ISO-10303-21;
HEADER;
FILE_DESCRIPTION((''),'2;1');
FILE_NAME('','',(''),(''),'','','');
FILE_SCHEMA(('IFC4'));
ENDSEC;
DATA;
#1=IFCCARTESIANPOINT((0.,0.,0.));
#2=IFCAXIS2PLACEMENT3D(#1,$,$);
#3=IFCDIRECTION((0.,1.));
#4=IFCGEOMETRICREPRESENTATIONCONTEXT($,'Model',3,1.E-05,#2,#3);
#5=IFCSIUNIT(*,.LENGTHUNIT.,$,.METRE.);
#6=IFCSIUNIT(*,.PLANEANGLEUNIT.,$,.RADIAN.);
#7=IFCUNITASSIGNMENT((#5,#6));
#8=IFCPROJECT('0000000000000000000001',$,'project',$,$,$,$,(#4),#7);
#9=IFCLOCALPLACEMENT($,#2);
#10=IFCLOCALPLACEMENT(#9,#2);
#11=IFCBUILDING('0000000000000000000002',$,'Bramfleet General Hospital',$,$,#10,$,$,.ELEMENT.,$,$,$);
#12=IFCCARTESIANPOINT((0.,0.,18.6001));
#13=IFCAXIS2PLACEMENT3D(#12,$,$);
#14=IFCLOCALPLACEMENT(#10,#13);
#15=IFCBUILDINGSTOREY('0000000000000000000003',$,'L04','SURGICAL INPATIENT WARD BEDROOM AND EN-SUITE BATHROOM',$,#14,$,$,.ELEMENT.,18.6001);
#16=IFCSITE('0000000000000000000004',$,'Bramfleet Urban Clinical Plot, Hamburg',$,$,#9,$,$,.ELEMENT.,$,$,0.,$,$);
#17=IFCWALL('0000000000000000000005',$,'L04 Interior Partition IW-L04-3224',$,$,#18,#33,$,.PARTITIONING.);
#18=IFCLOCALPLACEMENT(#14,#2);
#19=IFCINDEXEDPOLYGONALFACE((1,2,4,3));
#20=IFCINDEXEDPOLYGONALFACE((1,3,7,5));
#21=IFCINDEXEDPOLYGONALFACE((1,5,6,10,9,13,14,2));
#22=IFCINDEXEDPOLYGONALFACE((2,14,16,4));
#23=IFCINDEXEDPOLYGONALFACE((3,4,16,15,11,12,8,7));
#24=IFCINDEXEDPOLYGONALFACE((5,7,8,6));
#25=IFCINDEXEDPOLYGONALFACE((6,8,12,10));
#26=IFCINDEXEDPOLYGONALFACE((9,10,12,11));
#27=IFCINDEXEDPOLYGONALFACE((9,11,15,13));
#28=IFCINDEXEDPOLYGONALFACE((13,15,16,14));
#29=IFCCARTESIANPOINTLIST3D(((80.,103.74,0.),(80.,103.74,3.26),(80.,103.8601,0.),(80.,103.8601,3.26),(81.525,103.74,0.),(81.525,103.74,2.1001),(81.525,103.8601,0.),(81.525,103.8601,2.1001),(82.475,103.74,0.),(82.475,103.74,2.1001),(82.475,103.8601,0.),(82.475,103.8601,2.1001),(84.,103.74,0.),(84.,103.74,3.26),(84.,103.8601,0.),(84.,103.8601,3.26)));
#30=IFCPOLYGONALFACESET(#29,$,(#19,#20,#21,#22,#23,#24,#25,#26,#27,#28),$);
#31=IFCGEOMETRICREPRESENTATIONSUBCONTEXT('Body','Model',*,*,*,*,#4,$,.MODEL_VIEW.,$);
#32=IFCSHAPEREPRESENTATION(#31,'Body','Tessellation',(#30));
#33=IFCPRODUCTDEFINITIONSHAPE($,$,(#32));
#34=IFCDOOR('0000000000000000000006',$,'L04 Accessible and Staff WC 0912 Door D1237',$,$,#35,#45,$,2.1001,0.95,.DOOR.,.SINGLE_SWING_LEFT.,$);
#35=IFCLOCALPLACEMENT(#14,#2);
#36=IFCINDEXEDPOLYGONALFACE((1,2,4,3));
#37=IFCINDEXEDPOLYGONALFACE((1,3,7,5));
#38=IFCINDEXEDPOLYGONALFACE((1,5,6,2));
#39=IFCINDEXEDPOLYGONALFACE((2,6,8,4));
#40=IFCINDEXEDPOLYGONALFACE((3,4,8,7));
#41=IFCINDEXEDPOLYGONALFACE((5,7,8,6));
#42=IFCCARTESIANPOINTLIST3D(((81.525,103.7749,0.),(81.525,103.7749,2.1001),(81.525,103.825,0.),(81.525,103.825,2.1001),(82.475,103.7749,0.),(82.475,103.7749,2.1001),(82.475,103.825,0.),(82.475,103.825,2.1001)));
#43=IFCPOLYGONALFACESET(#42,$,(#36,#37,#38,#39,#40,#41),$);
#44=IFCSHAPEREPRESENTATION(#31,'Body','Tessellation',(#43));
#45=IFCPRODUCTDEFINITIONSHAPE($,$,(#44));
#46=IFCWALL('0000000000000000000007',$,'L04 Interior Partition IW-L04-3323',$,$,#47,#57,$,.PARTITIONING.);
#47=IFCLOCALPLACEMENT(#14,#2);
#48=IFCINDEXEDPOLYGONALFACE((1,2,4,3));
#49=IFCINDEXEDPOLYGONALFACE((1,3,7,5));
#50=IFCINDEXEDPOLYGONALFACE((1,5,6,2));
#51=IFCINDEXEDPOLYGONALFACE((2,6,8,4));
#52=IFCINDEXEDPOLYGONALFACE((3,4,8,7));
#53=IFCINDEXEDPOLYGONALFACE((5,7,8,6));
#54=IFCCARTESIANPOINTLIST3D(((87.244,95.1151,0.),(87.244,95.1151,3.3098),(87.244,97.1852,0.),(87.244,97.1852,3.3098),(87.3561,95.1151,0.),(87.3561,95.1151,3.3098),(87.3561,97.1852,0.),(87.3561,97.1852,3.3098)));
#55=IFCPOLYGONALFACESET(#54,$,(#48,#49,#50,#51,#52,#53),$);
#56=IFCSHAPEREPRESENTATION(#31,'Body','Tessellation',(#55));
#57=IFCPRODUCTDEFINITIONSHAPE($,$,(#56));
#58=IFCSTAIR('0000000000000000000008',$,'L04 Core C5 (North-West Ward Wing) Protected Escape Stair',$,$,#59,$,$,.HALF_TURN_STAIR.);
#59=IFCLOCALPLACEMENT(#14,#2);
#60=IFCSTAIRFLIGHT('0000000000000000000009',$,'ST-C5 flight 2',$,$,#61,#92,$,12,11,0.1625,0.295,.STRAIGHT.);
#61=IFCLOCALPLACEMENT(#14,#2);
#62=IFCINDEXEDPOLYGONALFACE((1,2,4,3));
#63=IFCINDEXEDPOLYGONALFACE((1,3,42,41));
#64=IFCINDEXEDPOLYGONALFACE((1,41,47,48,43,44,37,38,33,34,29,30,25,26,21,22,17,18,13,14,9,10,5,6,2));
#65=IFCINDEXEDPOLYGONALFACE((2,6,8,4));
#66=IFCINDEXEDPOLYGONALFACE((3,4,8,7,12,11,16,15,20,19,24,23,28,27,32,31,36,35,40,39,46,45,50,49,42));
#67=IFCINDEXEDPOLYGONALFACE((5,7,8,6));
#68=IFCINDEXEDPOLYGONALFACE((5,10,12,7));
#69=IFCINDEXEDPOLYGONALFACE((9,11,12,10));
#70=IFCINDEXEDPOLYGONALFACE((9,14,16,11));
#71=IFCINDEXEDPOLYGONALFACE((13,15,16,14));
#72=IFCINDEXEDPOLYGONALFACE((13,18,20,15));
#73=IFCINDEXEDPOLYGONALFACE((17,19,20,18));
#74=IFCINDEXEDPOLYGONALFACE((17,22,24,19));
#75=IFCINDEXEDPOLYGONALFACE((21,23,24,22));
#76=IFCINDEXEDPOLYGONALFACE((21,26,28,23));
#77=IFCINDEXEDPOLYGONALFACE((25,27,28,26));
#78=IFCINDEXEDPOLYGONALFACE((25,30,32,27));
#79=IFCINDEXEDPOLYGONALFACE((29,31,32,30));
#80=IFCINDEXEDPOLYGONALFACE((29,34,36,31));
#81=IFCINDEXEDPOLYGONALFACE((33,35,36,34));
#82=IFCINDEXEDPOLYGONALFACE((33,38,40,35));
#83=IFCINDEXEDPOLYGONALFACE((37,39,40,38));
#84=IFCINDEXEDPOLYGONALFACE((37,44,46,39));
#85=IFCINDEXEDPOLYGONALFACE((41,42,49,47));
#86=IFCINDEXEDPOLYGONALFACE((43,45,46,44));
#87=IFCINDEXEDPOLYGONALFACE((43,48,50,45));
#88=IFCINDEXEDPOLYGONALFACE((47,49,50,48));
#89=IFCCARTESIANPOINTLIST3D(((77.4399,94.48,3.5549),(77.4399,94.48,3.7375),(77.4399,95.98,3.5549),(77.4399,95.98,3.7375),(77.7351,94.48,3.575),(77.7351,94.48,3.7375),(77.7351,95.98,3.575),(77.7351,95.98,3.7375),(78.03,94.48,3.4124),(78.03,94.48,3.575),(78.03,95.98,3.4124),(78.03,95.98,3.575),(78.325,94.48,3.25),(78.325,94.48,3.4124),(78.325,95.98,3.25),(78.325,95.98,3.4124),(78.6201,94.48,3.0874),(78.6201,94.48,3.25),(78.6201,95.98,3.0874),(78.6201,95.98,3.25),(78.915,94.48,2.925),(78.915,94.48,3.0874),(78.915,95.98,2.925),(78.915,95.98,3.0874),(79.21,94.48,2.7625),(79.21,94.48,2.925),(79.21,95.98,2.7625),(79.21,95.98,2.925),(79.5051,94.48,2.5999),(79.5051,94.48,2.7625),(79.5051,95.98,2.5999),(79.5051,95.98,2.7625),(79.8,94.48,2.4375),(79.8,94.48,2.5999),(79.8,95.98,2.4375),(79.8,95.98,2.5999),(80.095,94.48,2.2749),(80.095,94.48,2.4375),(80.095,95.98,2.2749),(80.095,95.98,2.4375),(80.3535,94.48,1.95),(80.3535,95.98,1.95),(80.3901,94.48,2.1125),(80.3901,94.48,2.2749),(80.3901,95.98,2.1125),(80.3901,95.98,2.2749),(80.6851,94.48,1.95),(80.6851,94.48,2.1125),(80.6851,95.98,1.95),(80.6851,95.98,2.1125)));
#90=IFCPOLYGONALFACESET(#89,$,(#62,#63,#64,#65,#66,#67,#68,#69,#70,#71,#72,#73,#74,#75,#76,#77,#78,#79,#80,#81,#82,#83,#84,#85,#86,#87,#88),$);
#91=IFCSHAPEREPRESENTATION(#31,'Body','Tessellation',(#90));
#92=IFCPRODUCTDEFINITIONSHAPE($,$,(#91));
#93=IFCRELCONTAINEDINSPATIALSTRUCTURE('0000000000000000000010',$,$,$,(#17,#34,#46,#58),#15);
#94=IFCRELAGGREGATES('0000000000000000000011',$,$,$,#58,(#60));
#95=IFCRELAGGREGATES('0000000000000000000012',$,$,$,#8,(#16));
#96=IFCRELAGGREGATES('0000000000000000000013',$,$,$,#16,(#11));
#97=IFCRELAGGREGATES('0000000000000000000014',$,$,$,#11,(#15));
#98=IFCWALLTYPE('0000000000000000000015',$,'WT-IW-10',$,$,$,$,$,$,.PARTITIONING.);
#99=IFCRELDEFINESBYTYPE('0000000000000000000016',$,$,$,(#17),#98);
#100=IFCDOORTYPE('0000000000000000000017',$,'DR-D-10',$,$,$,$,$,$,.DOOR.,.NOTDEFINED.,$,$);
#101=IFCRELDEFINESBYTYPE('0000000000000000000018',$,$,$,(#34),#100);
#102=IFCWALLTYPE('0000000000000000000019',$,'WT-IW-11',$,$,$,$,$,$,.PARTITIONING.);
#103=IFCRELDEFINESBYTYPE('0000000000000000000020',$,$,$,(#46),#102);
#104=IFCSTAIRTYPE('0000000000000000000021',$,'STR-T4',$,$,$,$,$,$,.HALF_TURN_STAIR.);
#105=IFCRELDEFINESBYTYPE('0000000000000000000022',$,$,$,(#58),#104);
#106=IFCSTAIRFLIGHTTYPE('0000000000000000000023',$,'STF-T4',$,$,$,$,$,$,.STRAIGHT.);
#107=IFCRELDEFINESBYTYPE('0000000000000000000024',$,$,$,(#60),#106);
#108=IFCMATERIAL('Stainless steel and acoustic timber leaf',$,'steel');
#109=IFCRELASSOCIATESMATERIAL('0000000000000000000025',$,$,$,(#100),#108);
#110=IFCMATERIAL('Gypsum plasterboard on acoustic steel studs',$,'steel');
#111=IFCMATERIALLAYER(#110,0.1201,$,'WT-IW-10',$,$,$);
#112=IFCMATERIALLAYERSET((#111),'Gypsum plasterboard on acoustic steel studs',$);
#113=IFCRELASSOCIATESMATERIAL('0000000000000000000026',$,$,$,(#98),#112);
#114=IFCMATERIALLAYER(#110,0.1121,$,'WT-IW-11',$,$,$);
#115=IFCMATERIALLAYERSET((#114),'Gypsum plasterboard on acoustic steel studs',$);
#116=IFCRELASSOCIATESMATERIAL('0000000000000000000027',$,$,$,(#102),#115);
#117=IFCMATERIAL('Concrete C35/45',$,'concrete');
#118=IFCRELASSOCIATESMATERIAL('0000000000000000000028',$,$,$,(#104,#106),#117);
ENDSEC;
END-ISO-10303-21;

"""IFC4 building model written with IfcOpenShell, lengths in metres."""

from ifc_helpers import new_model, si_unit, direction, frame, frame_2d, origin, place, context, subcontext, project, spatial, polyline, rectangle, outline, extrude, material, layer, layer_set, type_object, element, fill, aggregate, save


model = new_model("IFC4")

# Units and contexts
model_context = context("Model", 3, precision=1e-05, world=origin(), true_north=direction((0.0, 1.0)))
body_context = subcontext(model_context, "Body", "Model", "MODEL_VIEW")
ifc_project = project(units=[si_unit("LENGTHUNIT", "METRE"), si_unit("PLANEANGLEUNIT", "RADIAN")], contexts=[model_context])

# Site, building, storey
site_placement = place(None, origin())
site = spatial("IfcSite", under=ifc_project, at=site_placement, Name="Bramfleet Urban Clinical Plot, Hamburg", CompositionType="ELEMENT", RefElevation=0.0)
building_placement = place(site_placement, origin())
building = spatial("IfcBuilding", under=site, at=building_placement, Name="Bramfleet General Hospital", CompositionType="ELEMENT")
storey_placement = place(building_placement, frame((0.0, 0.0, 18.6001)))
storey = spatial("IfcBuildingStorey", under=building, at=storey_placement, Name="L04", Description="SURGICAL INPATIENT WARD BEDROOM AND EN-SUITE BATHROOM", CompositionType="ELEMENT", Elevation=18.6001)

# Shared definitions
ifc_material_1 = material(Name="Concrete C35/45", Category="concrete")

# Shared definitions
ifc_material_2 = material(Name="Gypsum plasterboard on acoustic steel studs", Category="steel")
ifc_material_3 = material(Name="Stainless steel and acoustic timber leaf", Category="steel")
door_type_1 = type_object("IfcDoorType", Name="DR-D-10", OperationType="NOTDEFINED", PredefinedType="DOOR", material=ifc_material_3)

# Shared definitions
ifc_layer_1 = layer(ifc_material_2, 0.1201, Name="WT-IW-10")
ifc_layer_set_1 = layer_set([ifc_layer_1], Name="Gypsum plasterboard on acoustic steel studs")
wall_type_1 = type_object("IfcWallType", Name="WT-IW-10", PredefinedType="PARTITIONING", material=ifc_layer_set_1)

# Wall, opening, door
wall_1_placement = place(storey_placement, frame((80.0, 103.8, 0.0), z_axis=(0.0, 0.0, 1.0), x_axis=(1.0, 0.0, 0.0)))
wall_1 = element("IfcWall", 1, at=wall_1_placement, inside=storey, type_object=wall_type_1, Name="L04 Interior Partition IW-L04-3224", PredefinedType="PARTITIONING", context=body_context, shape_type="SweptSolid", body=[
    extrude(rectangle(XDim=4.0, YDim=0.1201, at=frame_2d((2.0, 0.0))), origin(), (0.0, 0.0, 1.0), 3.26),
])
opening_1_placement = place(wall_1_placement, frame((1.5249, 0.0, 0.0)))
opening_1 = element("IfcOpeningElement", 2, at=opening_1_placement, cuts=wall_1, PredefinedType="OPENING", context=body_context, shape_type="SweptSolid", body=[
    extrude(rectangle(XDim=0.95, YDim=2.1001, at=frame_2d((0.4751, 1.05))), frame((0.0, 0.0701, 0.0), z_axis=(0.0, -1.0, 0.0), x_axis=(1.0, 0.0, 0.0)), (0.0, 0.0, 1.0), 0.1401),
])
door_1_placement = place(opening_1_placement, origin())
door_1 = element("IfcDoor", 3, at=door_1_placement, inside=storey, type_object=door_type_1, Name="L04 Accessible and Staff WC 0912 Door D1237", OperationType="SINGLE_SWING_LEFT", OverallHeight=2.1001, OverallWidth=0.95, PredefinedType="DOOR", context=body_context, shape_type="SweptSolid", body=[
    extrude(rectangle(XDim=0.95, YDim=2.1001, at=frame_2d((0.4751, 1.05))), frame((0.0, 0.0249, 0.0), z_axis=(0.0, -1.0, 0.0), x_axis=(1.0, 0.0, 0.0)), (0.0, 0.0, 1.0), 0.05),
])
fill(opening_1, door_1)

# Wall
ifc_layer_2 = layer(ifc_material_2, 0.1121, Name="WT-IW-11")
ifc_layer_set_2 = layer_set([ifc_layer_2], Name="Gypsum plasterboard on acoustic steel studs")
wall_type_2 = type_object("IfcWallType", Name="WT-IW-11", PredefinedType="PARTITIONING", material=ifc_layer_set_2)
wall_2_placement = place(storey_placement, frame((87.3, 95.115, 0.0), z_axis=(0.0, 0.0, 1.0), x_axis=(0.0, 1.0, 0.0)))
element("IfcWall", 4, at=wall_2_placement, inside=storey, type_object=wall_type_2, Name="L04 Interior Partition IW-L04-3323", PredefinedType="PARTITIONING", context=body_context, shape_type="SweptSolid", body=[
    extrude(rectangle(XDim=2.0701, YDim=0.1121, at=frame_2d((1.0352, 0.0))), origin(), (0.0, 0.0, 1.0), 3.3098),
])

# Stair, stair flight
stair_type = type_object("IfcStairType", Name="STR-T4", PredefinedType="HALF_TURN_STAIR", material=ifc_material_1)
stair_placement = place(storey_placement, origin())
stair = element("IfcStair", 5, at=stair_placement, inside=storey, type_object=stair_type, Name="L04 Core C5 (North-West Ward Wing) Protected Escape Stair", PredefinedType="HALF_TURN_STAIR")
stair_flight_type = type_object("IfcStairFlightType", Name="STF-T4", PredefinedType="STRAIGHT", material=ifc_material_1)
stair_flight_placement = place(storey_placement, frame((80.6851, 95.23, 1.95), z_axis=(0.0, 0.0, 1.0), x_axis=(-1.0, 0.0, 0.0)))
stair_flight = element("IfcStairFlight", 6, at=stair_flight_placement, type_object=stair_flight_type, Name="ST-C5 flight 2", NumberOfRisers=12, NumberOfTreads=11, PredefinedType="STRAIGHT", RiserHeight=0.1625, TreadLength=0.295, context=body_context, shape_type="SweptSolid", body=[
    extrude(outline(polyline([(0.0, 0.0), (0.0, 0.1626), (0.2949, 0.1626), (0.2949, 0.325), (0.5901, 0.325), (0.5901, 0.4875), (0.885, 0.4875), (0.885, 0.6499), (1.1799, 0.6499), (1.1799, 0.8125), (1.4751, 0.8125), (1.4751, 0.9751), (1.77, 0.9751), (1.77, 1.1375), (2.0649, 1.1375), (2.0649, 1.3), (2.3601, 1.3), (2.3601, 1.4624), (2.655, 1.4624), (2.655, 1.625), (2.95, 1.625), (2.95, 1.7876), (3.2451, 1.7876), (3.2451, 1.95), (3.2451, 1.605), (0.3315, 0.0), (0.0, 0.0)])), frame((0.0, 0.75, 0.0), z_axis=(0.0, -1.0, 0.0), x_axis=(1.0, 0.0, 0.0)), (0.0, 0.0, 1.0), 1.5),
])
aggregate(stair, [stair_flight])

save(model, "model.ifc")
